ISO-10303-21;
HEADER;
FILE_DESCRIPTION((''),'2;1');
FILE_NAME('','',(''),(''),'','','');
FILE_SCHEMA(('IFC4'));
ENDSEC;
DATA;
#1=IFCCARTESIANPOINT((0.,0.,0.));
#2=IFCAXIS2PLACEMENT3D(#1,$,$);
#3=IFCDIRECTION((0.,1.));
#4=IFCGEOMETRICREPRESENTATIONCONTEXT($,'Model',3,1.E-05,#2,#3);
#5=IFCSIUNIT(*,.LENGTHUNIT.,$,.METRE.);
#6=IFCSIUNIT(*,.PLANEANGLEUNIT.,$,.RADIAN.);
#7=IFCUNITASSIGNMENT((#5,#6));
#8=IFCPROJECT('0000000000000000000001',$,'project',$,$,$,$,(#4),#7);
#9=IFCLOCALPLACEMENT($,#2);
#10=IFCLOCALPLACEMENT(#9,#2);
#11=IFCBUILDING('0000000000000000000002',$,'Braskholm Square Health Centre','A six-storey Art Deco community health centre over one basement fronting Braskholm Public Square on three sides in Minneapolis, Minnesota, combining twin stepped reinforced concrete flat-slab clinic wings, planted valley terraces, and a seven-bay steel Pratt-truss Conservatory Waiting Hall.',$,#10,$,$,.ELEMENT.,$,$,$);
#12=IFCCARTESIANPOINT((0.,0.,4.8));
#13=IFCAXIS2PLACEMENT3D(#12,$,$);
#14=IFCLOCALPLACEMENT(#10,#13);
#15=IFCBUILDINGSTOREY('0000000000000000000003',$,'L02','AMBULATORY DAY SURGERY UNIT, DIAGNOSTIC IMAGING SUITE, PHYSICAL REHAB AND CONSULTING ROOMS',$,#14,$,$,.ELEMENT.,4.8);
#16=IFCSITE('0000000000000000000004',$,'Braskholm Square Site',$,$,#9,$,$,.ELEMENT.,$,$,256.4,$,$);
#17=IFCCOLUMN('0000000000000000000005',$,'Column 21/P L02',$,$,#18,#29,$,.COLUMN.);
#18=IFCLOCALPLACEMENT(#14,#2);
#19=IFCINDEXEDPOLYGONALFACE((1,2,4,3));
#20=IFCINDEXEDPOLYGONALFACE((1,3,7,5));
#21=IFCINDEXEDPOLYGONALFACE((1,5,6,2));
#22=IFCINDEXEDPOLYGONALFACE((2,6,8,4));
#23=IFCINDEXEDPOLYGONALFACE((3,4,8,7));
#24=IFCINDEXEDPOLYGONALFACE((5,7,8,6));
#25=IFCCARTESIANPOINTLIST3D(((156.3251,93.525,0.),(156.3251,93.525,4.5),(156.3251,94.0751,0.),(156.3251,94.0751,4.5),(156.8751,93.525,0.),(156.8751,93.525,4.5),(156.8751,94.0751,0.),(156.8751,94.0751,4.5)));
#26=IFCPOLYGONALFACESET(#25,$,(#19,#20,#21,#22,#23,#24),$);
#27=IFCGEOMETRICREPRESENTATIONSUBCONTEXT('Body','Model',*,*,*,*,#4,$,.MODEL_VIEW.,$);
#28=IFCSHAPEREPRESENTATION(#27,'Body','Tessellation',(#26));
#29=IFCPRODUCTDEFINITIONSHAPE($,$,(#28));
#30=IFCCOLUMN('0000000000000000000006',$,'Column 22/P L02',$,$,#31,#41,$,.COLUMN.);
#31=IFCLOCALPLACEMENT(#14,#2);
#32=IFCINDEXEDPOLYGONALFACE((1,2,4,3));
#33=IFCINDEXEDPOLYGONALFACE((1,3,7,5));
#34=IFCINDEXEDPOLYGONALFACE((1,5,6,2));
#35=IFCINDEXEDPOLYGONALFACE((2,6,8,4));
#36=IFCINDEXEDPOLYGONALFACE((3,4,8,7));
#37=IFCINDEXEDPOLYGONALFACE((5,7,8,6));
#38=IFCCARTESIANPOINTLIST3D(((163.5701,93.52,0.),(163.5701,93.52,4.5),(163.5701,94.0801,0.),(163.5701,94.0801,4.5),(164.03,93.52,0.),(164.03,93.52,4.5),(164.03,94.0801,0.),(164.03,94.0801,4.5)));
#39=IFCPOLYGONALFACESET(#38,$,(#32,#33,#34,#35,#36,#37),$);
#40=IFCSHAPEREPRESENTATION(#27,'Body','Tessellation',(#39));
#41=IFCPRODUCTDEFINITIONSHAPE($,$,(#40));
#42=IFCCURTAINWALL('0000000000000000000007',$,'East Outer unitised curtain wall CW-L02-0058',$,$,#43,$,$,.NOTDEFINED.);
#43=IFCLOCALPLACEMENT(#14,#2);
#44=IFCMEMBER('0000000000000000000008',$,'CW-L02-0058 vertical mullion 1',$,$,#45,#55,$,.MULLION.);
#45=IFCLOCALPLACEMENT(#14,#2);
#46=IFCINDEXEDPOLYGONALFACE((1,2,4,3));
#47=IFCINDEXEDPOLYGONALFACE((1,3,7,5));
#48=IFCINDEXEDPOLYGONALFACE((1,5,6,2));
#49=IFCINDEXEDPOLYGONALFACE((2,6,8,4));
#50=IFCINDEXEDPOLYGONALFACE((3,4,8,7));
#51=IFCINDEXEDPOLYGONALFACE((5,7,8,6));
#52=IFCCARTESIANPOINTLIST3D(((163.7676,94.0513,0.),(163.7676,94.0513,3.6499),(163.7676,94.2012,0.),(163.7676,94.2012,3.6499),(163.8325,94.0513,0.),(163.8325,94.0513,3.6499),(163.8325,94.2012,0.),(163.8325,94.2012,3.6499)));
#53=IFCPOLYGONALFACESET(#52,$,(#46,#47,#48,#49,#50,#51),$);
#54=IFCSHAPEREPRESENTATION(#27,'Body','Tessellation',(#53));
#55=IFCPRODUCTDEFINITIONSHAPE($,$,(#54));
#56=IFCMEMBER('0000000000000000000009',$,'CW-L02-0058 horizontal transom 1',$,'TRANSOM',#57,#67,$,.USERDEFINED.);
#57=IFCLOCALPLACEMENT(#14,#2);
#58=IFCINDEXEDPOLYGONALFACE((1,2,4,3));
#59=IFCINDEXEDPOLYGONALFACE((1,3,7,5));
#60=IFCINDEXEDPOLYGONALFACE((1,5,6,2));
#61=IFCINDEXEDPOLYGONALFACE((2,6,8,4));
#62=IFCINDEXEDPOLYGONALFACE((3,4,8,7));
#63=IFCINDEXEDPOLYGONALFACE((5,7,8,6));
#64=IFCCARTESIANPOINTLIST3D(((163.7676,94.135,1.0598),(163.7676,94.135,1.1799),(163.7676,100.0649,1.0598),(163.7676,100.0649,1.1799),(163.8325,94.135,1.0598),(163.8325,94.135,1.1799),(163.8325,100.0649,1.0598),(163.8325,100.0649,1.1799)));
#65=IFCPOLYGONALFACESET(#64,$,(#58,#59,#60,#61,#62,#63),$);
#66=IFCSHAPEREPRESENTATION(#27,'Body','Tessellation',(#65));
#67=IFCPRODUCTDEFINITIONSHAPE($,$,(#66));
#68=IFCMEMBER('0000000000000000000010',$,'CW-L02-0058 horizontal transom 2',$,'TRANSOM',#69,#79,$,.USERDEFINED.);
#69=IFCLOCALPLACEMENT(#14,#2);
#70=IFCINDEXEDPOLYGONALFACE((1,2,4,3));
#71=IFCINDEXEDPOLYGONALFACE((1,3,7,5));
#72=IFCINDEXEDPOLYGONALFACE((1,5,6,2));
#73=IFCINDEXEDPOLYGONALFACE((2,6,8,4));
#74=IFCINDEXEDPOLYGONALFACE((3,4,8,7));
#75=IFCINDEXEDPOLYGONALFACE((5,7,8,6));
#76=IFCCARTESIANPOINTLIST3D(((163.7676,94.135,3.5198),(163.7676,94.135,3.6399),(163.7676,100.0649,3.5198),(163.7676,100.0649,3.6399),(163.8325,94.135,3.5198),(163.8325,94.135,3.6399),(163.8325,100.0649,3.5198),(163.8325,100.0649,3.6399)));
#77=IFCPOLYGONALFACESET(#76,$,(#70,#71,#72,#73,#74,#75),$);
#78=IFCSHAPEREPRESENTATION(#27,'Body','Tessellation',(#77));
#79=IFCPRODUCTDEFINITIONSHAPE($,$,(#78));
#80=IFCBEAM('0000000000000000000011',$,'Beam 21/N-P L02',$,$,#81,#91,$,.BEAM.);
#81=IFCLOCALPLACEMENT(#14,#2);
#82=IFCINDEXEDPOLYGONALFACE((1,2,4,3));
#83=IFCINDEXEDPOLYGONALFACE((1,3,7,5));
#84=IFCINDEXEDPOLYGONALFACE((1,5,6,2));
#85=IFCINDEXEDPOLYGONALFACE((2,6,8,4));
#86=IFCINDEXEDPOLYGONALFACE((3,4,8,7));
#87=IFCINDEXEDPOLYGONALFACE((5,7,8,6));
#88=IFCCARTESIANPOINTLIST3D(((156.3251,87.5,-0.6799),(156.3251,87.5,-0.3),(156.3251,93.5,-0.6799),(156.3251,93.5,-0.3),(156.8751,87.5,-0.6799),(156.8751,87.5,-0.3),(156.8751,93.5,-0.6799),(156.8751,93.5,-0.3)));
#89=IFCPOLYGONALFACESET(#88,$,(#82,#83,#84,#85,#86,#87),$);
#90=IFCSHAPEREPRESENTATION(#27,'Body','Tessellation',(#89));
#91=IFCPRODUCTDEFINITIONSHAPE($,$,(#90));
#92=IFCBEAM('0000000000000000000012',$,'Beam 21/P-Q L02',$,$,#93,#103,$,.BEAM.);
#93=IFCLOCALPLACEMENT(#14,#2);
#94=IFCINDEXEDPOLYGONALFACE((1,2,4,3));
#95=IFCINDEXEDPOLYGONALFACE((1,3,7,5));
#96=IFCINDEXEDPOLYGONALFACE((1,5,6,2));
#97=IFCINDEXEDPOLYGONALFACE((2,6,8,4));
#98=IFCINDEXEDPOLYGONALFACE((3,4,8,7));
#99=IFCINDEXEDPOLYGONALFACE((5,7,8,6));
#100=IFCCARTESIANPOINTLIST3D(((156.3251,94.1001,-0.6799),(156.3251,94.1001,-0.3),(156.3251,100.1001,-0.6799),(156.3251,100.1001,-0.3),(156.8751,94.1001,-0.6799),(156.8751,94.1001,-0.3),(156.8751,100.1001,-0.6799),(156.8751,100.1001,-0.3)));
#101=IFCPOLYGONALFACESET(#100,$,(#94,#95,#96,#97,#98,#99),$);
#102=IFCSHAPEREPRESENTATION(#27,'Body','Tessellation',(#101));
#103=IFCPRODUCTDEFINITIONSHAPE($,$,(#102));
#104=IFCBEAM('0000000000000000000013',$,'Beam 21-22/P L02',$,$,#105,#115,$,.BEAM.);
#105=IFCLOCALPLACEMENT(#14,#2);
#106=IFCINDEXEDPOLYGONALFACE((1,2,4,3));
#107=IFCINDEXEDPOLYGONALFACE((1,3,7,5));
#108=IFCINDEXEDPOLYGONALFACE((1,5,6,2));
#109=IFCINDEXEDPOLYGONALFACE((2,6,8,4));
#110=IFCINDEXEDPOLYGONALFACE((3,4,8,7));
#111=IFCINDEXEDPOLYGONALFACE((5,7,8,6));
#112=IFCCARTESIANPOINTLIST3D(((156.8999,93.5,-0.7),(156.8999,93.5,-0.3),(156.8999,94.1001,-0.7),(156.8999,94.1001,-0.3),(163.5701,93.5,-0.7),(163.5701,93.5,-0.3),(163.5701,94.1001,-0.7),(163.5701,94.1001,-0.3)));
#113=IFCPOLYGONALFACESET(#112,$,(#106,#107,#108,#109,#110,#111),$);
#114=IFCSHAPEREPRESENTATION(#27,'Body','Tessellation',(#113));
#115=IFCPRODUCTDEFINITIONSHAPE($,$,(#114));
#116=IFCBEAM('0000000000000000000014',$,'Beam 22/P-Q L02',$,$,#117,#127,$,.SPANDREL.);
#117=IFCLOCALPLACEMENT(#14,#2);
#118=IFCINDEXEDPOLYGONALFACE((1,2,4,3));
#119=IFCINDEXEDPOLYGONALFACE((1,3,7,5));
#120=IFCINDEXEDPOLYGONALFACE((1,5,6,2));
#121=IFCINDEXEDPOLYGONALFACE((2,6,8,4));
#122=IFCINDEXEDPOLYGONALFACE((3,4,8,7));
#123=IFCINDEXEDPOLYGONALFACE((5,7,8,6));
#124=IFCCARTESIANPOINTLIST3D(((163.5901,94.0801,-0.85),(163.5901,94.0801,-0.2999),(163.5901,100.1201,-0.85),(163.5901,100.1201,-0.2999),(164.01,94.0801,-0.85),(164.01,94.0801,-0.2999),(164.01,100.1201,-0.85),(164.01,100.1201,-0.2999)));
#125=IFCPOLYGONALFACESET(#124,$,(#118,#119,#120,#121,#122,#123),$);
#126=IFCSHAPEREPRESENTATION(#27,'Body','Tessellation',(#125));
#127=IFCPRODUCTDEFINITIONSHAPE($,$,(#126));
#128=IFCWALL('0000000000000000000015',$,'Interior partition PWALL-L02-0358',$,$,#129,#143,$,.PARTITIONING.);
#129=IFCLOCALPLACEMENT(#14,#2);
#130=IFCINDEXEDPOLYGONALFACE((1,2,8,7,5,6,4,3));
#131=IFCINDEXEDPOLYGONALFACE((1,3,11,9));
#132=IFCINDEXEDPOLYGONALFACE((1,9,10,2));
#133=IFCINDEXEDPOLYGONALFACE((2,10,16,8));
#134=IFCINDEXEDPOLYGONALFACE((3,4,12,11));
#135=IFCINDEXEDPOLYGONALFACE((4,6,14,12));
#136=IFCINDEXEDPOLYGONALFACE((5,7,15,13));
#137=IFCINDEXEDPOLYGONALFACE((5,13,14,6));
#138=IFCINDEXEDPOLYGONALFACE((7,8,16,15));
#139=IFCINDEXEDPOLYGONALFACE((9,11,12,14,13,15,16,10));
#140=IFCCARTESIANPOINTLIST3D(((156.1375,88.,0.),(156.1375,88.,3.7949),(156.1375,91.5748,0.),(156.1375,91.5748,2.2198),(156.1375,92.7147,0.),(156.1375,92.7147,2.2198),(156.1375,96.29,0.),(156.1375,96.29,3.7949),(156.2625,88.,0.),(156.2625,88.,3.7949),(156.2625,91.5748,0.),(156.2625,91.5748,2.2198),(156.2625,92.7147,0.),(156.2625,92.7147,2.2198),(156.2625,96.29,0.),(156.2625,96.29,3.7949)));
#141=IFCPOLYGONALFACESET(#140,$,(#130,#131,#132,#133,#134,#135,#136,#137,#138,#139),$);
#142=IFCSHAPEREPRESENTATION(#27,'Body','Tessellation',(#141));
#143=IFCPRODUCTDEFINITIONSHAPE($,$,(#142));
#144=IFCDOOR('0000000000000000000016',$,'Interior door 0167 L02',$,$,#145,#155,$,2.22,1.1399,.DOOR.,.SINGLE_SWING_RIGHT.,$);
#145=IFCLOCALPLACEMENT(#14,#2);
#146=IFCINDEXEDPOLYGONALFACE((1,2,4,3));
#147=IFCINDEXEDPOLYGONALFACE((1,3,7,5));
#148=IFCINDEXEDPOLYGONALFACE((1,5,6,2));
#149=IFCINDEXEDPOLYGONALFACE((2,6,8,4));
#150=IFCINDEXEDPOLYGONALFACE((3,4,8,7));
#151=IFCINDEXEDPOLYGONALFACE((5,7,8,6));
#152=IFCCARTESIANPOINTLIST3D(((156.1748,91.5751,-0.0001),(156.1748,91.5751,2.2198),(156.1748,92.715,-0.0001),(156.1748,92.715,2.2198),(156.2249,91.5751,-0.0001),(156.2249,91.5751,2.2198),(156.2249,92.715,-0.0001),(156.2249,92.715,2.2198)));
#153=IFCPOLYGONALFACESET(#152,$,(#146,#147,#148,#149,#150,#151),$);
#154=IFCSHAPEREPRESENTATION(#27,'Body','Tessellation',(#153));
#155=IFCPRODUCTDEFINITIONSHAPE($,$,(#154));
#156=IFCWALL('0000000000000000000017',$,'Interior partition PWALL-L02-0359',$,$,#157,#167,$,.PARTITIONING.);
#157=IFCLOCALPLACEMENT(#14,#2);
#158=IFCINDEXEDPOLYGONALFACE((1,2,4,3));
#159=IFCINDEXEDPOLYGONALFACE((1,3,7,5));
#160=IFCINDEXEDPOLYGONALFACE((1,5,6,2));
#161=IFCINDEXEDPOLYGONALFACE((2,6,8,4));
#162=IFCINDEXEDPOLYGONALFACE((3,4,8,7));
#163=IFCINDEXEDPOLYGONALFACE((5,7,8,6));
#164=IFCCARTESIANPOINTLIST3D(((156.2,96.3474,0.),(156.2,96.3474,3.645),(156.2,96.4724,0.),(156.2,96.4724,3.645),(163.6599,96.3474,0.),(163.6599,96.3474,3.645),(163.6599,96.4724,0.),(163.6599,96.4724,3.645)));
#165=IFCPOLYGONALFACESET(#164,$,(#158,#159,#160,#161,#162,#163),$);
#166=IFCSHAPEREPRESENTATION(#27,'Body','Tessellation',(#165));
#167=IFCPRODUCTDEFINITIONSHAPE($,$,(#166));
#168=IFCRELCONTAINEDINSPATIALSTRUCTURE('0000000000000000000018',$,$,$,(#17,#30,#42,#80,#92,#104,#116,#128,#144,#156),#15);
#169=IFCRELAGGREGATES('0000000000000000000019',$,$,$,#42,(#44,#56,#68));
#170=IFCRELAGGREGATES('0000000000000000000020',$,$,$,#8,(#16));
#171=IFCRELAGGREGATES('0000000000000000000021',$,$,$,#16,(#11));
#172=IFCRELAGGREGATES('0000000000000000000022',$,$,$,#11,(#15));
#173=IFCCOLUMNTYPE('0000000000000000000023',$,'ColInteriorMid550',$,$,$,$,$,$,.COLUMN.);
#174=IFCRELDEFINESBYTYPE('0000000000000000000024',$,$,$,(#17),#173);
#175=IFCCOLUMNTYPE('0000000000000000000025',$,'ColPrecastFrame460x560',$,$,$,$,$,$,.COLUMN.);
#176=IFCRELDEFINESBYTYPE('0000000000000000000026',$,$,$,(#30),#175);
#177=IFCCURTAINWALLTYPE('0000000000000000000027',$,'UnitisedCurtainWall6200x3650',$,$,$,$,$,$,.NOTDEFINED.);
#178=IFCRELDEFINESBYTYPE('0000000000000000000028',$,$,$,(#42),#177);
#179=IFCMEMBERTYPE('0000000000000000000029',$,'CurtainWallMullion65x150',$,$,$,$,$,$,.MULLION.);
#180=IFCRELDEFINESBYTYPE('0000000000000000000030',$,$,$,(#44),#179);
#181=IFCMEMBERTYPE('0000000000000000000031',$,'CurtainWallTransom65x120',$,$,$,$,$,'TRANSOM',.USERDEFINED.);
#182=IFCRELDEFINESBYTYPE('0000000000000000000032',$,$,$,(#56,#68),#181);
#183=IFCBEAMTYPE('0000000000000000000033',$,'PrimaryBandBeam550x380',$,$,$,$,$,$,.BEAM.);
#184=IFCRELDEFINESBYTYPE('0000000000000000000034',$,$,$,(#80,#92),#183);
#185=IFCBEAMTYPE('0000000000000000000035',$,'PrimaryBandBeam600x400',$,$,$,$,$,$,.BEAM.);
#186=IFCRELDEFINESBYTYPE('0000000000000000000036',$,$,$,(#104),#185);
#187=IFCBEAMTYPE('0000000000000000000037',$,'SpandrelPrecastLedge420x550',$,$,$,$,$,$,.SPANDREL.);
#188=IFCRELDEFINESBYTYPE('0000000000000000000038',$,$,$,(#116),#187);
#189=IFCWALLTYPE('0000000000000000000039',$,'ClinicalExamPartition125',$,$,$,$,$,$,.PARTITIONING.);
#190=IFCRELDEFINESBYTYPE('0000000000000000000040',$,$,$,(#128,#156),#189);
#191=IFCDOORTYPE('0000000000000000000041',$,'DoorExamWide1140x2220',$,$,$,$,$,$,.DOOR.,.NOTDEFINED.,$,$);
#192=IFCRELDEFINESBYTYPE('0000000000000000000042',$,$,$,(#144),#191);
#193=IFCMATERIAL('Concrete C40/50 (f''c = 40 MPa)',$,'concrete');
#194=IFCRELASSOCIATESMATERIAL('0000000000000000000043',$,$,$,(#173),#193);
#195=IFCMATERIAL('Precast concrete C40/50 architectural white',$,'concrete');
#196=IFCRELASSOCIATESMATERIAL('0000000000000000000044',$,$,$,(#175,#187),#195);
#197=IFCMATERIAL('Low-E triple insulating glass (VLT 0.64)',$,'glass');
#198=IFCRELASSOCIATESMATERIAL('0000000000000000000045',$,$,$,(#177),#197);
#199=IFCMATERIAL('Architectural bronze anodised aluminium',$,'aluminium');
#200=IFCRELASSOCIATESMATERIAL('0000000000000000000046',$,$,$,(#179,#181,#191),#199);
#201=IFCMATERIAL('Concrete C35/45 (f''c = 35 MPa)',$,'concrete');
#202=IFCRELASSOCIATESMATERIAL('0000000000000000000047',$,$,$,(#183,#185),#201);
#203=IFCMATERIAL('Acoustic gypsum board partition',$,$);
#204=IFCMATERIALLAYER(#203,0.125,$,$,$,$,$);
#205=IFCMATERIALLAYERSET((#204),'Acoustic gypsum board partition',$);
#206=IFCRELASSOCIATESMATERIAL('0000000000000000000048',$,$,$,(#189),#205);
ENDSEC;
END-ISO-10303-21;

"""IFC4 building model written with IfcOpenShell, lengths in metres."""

from ifc_helpers import new_model, si_unit, direction, frame, frame_2d, origin, origin_2d, place, context, subcontext, project, spatial, rectangle, extrude, material, layer, layer_set, material_profile, profile_set, type_object, element, fill, aggregate, save


model = new_model("IFC4")

# Units and contexts
model_context = context("Model", 3, precision=1e-05, world=origin(), true_north=direction((0.0, 1.0)))
body_context = subcontext(model_context, "Body", "Model", "MODEL_VIEW")
ifc_project = project(units=[si_unit("LENGTHUNIT", "METRE"), si_unit("PLANEANGLEUNIT", "RADIAN")], contexts=[model_context])

# Site, building, storey
site_placement = place(None, origin())
site = spatial("IfcSite", under=ifc_project, at=site_placement, Name="Braskholm Square Site", CompositionType="ELEMENT", RefElevation=256.4)
building_placement = place(site_placement, origin())
building = spatial("IfcBuilding", under=site, at=building_placement, Name="Braskholm Square Health Centre", Description="A six-storey Art Deco community health centre over one basement fronting Braskholm Public Square on three sides in Minneapolis, Minnesota, combining twin stepped reinforced concrete flat-slab clinic wings, planted valley terraces, and a seven-bay steel Pratt-truss Conservatory Waiting Hall.", CompositionType="ELEMENT")
storey_placement = place(building_placement, frame((0.0, 0.0, 4.8)))
storey = spatial("IfcBuildingStorey", under=building, at=storey_placement, Name="L02", Description="AMBULATORY DAY SURGERY UNIT, DIAGNOSTIC IMAGING SUITE, PHYSICAL REHAB AND CONSULTING ROOMS", CompositionType="ELEMENT", Elevation=4.8)

# Columns
ifc_material_1 = material(Name="Concrete C40/50 (f'c = 40 MPa)", Category="concrete")
ifc_material_profile_1 = material_profile(ifc_material_1, rectangle(XDim=0.55, YDim=0.55, at=origin_2d()), Name="RC-550X550")
ifc_profile_set_1 = profile_set([ifc_material_profile_1], Name="Concrete C40/50 (f'c = 40 MPa)")
column_type_1 = type_object("IfcColumnType", Name="ColInteriorMid550", PredefinedType="COLUMN", material=ifc_profile_set_1)
column_1_placement = place(storey_placement, frame((156.6001, 93.8, 0.0), z_axis=(0.0, 0.0, 1.0), x_axis=(1.0, 0.0, 0.0)))
element("IfcColumn", 1, at=column_1_placement, inside=storey, type_object=column_type_1, Name="Column 21/P L02", PredefinedType="COLUMN", context=body_context, shape_type="SweptSolid", body=[
    extrude(rectangle(XDim=0.55, YDim=0.55, at=origin_2d()), origin(), (0.0, 0.0, 1.0), 4.5),
])
ifc_material_2 = material(Name="Precast concrete C40/50 architectural white", Category="concrete")
ifc_material_profile_2 = material_profile(ifc_material_2, rectangle(XDim=0.46, YDim=0.5601, at=origin_2d()), Name="RC-460X560")
ifc_profile_set_2 = profile_set([ifc_material_profile_2], Name="Precast concrete C40/50 architectural white")
column_type_2 = type_object("IfcColumnType", Name="ColPrecastFrame460x560", PredefinedType="COLUMN", material=ifc_profile_set_2)
column_2_placement = place(storey_placement, frame((163.8, 93.8, 0.0), z_axis=(0.0, 0.0, 1.0), x_axis=(1.0, 0.0, 0.0)))
element("IfcColumn", 2, at=column_2_placement, inside=storey, type_object=column_type_2, Name="Column 22/P L02", PredefinedType="COLUMN", context=body_context, shape_type="SweptSolid", body=[
    extrude(rectangle(XDim=0.46, YDim=0.5601, at=origin_2d()), origin(), (0.0, 0.0, 1.0), 4.5),
])

# Curtain wall, members
ifc_material_3 = material(Name="Low-E triple insulating glass (VLT 0.64)", Category="glass")
curtain_wall_type = type_object("IfcCurtainWallType", Name="UnitisedCurtainWall6200x3650", PredefinedType="NOTDEFINED", material=ifc_material_3)
curtain_wall_placement = place(storey_placement, origin())
curtain_wall = element("IfcCurtainWall", 3, at=curtain_wall_placement, inside=storey, type_object=curtain_wall_type, Name="East Outer unitised curtain wall CW-L02-0058", PredefinedType="NOTDEFINED")
ifc_material_4 = material(Name="Architectural bronze anodised aluminium", Category="aluminium")
ifc_material_profile_3 = material_profile(ifc_material_4, rectangle(XDim=0.0649, YDim=0.1499, at=origin_2d()), Name="ALU-65X150")
ifc_profile_set_3 = profile_set([ifc_material_profile_3], Name="Architectural bronze anodised aluminium")
member_type_1 = type_object("IfcMemberType", Name="CurtainWallMullion65x150", PredefinedType="MULLION", material=ifc_profile_set_3)
member_1_placement = place(storey_placement, frame((163.8, 94.1262, 0.0), z_axis=(0.0, 0.0, 1.0), x_axis=(1.0, 0.0, 0.0)))
member_1 = element("IfcMember", 4, at=member_1_placement, type_object=member_type_1, Name="CW-L02-0058 vertical mullion 1", PredefinedType="MULLION", context=body_context, shape_type="SweptSolid", body=[
    extrude(rectangle(XDim=0.0649, YDim=0.1499, at=origin_2d()), origin(), (0.0, 0.0, 1.0), 3.6499),
])
ifc_material_profile_4 = material_profile(ifc_material_4, rectangle(XDim=0.0649, YDim=0.1201, at=origin_2d()), Name="ALU-65X120")
ifc_profile_set_4 = profile_set([ifc_material_profile_4], Name="Architectural bronze anodised aluminium")
member_type_2 = type_object("IfcMemberType", Name="CurtainWallTransom65x120", ElementType="TRANSOM", PredefinedType="USERDEFINED", material=ifc_profile_set_4)
member_2_placement = place(storey_placement, frame((163.8, 94.135, 1.1199), z_axis=(0.0, 1.0, 0.0), x_axis=(-1.0, 0.0, 0.0)))
member_2 = element("IfcMember", 5, at=member_2_placement, type_object=member_type_2, Name="CW-L02-0058 horizontal transom 1", ObjectType="TRANSOM", PredefinedType="USERDEFINED", context=body_context, shape_type="SweptSolid", body=[
    extrude(rectangle(XDim=0.0649, YDim=0.1201, at=origin_2d()), origin(), (0.0, 0.0, 1.0), 5.9299),
])
member_3_placement = place(storey_placement, frame((163.8, 94.135, 3.5798), z_axis=(0.0, 1.0, 0.0), x_axis=(-1.0, 0.0, 0.0)))
member_3 = element("IfcMember", 6, at=member_3_placement, type_object=member_type_2, Name="CW-L02-0058 horizontal transom 2", ObjectType="TRANSOM", PredefinedType="USERDEFINED", context=body_context, shape_type="SweptSolid", body=[
    extrude(rectangle(XDim=0.0649, YDim=0.1201, at=origin_2d()), origin(), (0.0, 0.0, 1.0), 5.9299),
])
aggregate(curtain_wall, [member_1, member_2, member_3])

# Beams
ifc_material_5 = material(Name="Concrete C35/45 (f'c = 35 MPa)", Category="concrete")
ifc_material_profile_5 = material_profile(ifc_material_5, rectangle(XDim=0.55, YDim=0.3799, at=origin_2d()), Name="RCB-550X380")
ifc_profile_set_5 = profile_set([ifc_material_profile_5], Name="Concrete C35/45 (f'c = 35 MPa)")
beam_type_1 = type_object("IfcBeamType", Name="PrimaryBandBeam550x380", PredefinedType="BEAM", material=ifc_profile_set_5)
for number, where, z_axis, x_axis, name in (
    (7, (156.6001, 87.5, -0.49), (0.0, 1.0, 0.0), (-1.0, 0.0, 0.0), "Beam 21/N-P L02"),
    (8, (156.6001, 94.1001, -0.49), (0.0, 1.0, 0.0), (-1.0, 0.0, 0.0), "Beam 21/P-Q L02"),
):
    element("IfcBeam", number, at=place(storey_placement, frame(where, z_axis=z_axis, x_axis=x_axis)), inside=storey, type_object=beam_type_1, Name=name, PredefinedType="BEAM", context=body_context, shape_type="SweptSolid", body=[
        extrude(rectangle(XDim=0.55, YDim=0.3799, at=origin_2d()), origin(), (0.0, 0.0, 1.0), 6.0),
    ])
ifc_material_profile_6 = material_profile(ifc_material_5, rectangle(XDim=0.6001, YDim=0.3999, at=origin_2d()), Name="RCB-600X400")
ifc_profile_set_6 = profile_set([ifc_material_profile_6], Name="Concrete C35/45 (f'c = 35 MPa)")
beam_type_2 = type_object("IfcBeamType", Name="PrimaryBandBeam600x400", PredefinedType="BEAM", material=ifc_profile_set_6)
beam_1_placement = place(storey_placement, frame((156.8999, 93.8, -0.5), z_axis=(1.0, 0.0, 0.0), x_axis=(0.0, 1.0, 0.0)))
element("IfcBeam", 9, at=beam_1_placement, inside=storey, type_object=beam_type_2, Name="Beam 21-22/P L02", PredefinedType="BEAM", context=body_context, shape_type="SweptSolid", body=[
    extrude(rectangle(XDim=0.6001, YDim=0.3999, at=origin_2d()), origin(), (0.0, 0.0, 1.0), 6.6702),
])
ifc_material_profile_7 = material_profile(ifc_material_2, rectangle(XDim=0.4199, YDim=0.55, at=origin_2d()), Name="RCB-420X550")
ifc_profile_set_7 = profile_set([ifc_material_profile_7], Name="Precast concrete C40/50 architectural white")
beam_type_3 = type_object("IfcBeamType", Name="SpandrelPrecastLedge420x550", PredefinedType="SPANDREL", material=ifc_profile_set_7)
beam_2_placement = place(storey_placement, frame((163.8, 94.0801, -0.575), z_axis=(0.0, 1.0, 0.0), x_axis=(-1.0, 0.0, 0.0)))
element("IfcBeam", 10, at=beam_2_placement, inside=storey, type_object=beam_type_3, Name="Beam 22/P-Q L02", PredefinedType="SPANDREL", context=body_context, shape_type="SweptSolid", body=[
    extrude(rectangle(XDim=0.4199, YDim=0.55, at=origin_2d()), origin(), (0.0, 0.0, 1.0), 6.04),
])

# Wall, opening, door
ifc_material_6 = material(Name="Acoustic gypsum board partition")
ifc_layer_1 = layer(ifc_material_6, 0.125)
ifc_layer_set_1 = layer_set([ifc_layer_1], Name="Acoustic gypsum board partition")
wall_type_1 = type_object("IfcWallType", Name="ClinicalExamPartition125", PredefinedType="PARTITIONING", material=ifc_layer_set_1)
wall_1_placement = place(storey_placement, frame((156.2, 88.0, 0.0), z_axis=(0.0, 0.0, 1.0), x_axis=(0.0, 1.0, 0.0)))
wall_1 = element("IfcWall", 11, at=wall_1_placement, inside=storey, type_object=wall_type_1, Name="Interior partition PWALL-L02-0358", PredefinedType="PARTITIONING", context=body_context, shape_type="SweptSolid", body=[
    extrude(rectangle(XDim=8.29, YDim=0.125, at=frame_2d((4.145, 0.0))), origin(), (0.0, 0.0, 1.0), 3.7949),
])
opening_1_placement = place(wall_1_placement, frame((3.575, 0.0, 0.0)))
opening_1 = element("IfcOpeningElement", 12, at=opening_1_placement, cuts=wall_1, PredefinedType="OPENING", context=body_context, shape_type="SweptSolid", body=[
    extrude(rectangle(XDim=1.1399, YDim=2.22, at=frame_2d((0.5698, 1.1099))), frame((0.0, 0.0725, 0.0), z_axis=(0.0, -1.0, 0.0), x_axis=(1.0, 0.0, 0.0)), (0.0, 0.0, 1.0), 0.145),
])
door_type_1 = type_object("IfcDoorType", Name="DoorExamWide1140x2220", OperationType="NOTDEFINED", PredefinedType="DOOR", material=ifc_material_4)
door_1_placement = place(opening_1_placement, frame((1.1399, 0.0, 0.0), z_axis=(0.0, 0.0, 1.0), x_axis=(-1.0, 0.0, 0.0)))
door_1 = element("IfcDoor", 13, at=door_1_placement, inside=storey, type_object=door_type_1, Name="Interior door 0167 L02", OperationType="SINGLE_SWING_RIGHT", OverallHeight=2.22, OverallWidth=1.1399, PredefinedType="DOOR", context=body_context, shape_type="SweptSolid", body=[
    extrude(rectangle(XDim=1.1399, YDim=2.22, at=frame_2d((0.5698, 1.1099))), frame((0.0, 0.0249, 0.0), z_axis=(0.0, -1.0, 0.0), x_axis=(1.0, 0.0, 0.0)), (0.0, 0.0, 1.0), 0.05),
])
fill(opening_1, door_1)

# Wall
wall_2_placement = place(storey_placement, frame((156.2, 96.4099, 0.0), z_axis=(0.0, 0.0, 1.0), x_axis=(1.0, 0.0, 0.0)))
element("IfcWall", 14, at=wall_2_placement, inside=storey, type_object=wall_type_1, Name="Interior partition PWALL-L02-0359", PredefinedType="PARTITIONING", context=body_context, shape_type="SweptSolid", body=[
    extrude(rectangle(XDim=7.46, YDim=0.125, at=frame_2d((3.73, 0.0))), origin(), (0.0, 0.0, 1.0), 3.645),
])

save(model, "model.ifc")
